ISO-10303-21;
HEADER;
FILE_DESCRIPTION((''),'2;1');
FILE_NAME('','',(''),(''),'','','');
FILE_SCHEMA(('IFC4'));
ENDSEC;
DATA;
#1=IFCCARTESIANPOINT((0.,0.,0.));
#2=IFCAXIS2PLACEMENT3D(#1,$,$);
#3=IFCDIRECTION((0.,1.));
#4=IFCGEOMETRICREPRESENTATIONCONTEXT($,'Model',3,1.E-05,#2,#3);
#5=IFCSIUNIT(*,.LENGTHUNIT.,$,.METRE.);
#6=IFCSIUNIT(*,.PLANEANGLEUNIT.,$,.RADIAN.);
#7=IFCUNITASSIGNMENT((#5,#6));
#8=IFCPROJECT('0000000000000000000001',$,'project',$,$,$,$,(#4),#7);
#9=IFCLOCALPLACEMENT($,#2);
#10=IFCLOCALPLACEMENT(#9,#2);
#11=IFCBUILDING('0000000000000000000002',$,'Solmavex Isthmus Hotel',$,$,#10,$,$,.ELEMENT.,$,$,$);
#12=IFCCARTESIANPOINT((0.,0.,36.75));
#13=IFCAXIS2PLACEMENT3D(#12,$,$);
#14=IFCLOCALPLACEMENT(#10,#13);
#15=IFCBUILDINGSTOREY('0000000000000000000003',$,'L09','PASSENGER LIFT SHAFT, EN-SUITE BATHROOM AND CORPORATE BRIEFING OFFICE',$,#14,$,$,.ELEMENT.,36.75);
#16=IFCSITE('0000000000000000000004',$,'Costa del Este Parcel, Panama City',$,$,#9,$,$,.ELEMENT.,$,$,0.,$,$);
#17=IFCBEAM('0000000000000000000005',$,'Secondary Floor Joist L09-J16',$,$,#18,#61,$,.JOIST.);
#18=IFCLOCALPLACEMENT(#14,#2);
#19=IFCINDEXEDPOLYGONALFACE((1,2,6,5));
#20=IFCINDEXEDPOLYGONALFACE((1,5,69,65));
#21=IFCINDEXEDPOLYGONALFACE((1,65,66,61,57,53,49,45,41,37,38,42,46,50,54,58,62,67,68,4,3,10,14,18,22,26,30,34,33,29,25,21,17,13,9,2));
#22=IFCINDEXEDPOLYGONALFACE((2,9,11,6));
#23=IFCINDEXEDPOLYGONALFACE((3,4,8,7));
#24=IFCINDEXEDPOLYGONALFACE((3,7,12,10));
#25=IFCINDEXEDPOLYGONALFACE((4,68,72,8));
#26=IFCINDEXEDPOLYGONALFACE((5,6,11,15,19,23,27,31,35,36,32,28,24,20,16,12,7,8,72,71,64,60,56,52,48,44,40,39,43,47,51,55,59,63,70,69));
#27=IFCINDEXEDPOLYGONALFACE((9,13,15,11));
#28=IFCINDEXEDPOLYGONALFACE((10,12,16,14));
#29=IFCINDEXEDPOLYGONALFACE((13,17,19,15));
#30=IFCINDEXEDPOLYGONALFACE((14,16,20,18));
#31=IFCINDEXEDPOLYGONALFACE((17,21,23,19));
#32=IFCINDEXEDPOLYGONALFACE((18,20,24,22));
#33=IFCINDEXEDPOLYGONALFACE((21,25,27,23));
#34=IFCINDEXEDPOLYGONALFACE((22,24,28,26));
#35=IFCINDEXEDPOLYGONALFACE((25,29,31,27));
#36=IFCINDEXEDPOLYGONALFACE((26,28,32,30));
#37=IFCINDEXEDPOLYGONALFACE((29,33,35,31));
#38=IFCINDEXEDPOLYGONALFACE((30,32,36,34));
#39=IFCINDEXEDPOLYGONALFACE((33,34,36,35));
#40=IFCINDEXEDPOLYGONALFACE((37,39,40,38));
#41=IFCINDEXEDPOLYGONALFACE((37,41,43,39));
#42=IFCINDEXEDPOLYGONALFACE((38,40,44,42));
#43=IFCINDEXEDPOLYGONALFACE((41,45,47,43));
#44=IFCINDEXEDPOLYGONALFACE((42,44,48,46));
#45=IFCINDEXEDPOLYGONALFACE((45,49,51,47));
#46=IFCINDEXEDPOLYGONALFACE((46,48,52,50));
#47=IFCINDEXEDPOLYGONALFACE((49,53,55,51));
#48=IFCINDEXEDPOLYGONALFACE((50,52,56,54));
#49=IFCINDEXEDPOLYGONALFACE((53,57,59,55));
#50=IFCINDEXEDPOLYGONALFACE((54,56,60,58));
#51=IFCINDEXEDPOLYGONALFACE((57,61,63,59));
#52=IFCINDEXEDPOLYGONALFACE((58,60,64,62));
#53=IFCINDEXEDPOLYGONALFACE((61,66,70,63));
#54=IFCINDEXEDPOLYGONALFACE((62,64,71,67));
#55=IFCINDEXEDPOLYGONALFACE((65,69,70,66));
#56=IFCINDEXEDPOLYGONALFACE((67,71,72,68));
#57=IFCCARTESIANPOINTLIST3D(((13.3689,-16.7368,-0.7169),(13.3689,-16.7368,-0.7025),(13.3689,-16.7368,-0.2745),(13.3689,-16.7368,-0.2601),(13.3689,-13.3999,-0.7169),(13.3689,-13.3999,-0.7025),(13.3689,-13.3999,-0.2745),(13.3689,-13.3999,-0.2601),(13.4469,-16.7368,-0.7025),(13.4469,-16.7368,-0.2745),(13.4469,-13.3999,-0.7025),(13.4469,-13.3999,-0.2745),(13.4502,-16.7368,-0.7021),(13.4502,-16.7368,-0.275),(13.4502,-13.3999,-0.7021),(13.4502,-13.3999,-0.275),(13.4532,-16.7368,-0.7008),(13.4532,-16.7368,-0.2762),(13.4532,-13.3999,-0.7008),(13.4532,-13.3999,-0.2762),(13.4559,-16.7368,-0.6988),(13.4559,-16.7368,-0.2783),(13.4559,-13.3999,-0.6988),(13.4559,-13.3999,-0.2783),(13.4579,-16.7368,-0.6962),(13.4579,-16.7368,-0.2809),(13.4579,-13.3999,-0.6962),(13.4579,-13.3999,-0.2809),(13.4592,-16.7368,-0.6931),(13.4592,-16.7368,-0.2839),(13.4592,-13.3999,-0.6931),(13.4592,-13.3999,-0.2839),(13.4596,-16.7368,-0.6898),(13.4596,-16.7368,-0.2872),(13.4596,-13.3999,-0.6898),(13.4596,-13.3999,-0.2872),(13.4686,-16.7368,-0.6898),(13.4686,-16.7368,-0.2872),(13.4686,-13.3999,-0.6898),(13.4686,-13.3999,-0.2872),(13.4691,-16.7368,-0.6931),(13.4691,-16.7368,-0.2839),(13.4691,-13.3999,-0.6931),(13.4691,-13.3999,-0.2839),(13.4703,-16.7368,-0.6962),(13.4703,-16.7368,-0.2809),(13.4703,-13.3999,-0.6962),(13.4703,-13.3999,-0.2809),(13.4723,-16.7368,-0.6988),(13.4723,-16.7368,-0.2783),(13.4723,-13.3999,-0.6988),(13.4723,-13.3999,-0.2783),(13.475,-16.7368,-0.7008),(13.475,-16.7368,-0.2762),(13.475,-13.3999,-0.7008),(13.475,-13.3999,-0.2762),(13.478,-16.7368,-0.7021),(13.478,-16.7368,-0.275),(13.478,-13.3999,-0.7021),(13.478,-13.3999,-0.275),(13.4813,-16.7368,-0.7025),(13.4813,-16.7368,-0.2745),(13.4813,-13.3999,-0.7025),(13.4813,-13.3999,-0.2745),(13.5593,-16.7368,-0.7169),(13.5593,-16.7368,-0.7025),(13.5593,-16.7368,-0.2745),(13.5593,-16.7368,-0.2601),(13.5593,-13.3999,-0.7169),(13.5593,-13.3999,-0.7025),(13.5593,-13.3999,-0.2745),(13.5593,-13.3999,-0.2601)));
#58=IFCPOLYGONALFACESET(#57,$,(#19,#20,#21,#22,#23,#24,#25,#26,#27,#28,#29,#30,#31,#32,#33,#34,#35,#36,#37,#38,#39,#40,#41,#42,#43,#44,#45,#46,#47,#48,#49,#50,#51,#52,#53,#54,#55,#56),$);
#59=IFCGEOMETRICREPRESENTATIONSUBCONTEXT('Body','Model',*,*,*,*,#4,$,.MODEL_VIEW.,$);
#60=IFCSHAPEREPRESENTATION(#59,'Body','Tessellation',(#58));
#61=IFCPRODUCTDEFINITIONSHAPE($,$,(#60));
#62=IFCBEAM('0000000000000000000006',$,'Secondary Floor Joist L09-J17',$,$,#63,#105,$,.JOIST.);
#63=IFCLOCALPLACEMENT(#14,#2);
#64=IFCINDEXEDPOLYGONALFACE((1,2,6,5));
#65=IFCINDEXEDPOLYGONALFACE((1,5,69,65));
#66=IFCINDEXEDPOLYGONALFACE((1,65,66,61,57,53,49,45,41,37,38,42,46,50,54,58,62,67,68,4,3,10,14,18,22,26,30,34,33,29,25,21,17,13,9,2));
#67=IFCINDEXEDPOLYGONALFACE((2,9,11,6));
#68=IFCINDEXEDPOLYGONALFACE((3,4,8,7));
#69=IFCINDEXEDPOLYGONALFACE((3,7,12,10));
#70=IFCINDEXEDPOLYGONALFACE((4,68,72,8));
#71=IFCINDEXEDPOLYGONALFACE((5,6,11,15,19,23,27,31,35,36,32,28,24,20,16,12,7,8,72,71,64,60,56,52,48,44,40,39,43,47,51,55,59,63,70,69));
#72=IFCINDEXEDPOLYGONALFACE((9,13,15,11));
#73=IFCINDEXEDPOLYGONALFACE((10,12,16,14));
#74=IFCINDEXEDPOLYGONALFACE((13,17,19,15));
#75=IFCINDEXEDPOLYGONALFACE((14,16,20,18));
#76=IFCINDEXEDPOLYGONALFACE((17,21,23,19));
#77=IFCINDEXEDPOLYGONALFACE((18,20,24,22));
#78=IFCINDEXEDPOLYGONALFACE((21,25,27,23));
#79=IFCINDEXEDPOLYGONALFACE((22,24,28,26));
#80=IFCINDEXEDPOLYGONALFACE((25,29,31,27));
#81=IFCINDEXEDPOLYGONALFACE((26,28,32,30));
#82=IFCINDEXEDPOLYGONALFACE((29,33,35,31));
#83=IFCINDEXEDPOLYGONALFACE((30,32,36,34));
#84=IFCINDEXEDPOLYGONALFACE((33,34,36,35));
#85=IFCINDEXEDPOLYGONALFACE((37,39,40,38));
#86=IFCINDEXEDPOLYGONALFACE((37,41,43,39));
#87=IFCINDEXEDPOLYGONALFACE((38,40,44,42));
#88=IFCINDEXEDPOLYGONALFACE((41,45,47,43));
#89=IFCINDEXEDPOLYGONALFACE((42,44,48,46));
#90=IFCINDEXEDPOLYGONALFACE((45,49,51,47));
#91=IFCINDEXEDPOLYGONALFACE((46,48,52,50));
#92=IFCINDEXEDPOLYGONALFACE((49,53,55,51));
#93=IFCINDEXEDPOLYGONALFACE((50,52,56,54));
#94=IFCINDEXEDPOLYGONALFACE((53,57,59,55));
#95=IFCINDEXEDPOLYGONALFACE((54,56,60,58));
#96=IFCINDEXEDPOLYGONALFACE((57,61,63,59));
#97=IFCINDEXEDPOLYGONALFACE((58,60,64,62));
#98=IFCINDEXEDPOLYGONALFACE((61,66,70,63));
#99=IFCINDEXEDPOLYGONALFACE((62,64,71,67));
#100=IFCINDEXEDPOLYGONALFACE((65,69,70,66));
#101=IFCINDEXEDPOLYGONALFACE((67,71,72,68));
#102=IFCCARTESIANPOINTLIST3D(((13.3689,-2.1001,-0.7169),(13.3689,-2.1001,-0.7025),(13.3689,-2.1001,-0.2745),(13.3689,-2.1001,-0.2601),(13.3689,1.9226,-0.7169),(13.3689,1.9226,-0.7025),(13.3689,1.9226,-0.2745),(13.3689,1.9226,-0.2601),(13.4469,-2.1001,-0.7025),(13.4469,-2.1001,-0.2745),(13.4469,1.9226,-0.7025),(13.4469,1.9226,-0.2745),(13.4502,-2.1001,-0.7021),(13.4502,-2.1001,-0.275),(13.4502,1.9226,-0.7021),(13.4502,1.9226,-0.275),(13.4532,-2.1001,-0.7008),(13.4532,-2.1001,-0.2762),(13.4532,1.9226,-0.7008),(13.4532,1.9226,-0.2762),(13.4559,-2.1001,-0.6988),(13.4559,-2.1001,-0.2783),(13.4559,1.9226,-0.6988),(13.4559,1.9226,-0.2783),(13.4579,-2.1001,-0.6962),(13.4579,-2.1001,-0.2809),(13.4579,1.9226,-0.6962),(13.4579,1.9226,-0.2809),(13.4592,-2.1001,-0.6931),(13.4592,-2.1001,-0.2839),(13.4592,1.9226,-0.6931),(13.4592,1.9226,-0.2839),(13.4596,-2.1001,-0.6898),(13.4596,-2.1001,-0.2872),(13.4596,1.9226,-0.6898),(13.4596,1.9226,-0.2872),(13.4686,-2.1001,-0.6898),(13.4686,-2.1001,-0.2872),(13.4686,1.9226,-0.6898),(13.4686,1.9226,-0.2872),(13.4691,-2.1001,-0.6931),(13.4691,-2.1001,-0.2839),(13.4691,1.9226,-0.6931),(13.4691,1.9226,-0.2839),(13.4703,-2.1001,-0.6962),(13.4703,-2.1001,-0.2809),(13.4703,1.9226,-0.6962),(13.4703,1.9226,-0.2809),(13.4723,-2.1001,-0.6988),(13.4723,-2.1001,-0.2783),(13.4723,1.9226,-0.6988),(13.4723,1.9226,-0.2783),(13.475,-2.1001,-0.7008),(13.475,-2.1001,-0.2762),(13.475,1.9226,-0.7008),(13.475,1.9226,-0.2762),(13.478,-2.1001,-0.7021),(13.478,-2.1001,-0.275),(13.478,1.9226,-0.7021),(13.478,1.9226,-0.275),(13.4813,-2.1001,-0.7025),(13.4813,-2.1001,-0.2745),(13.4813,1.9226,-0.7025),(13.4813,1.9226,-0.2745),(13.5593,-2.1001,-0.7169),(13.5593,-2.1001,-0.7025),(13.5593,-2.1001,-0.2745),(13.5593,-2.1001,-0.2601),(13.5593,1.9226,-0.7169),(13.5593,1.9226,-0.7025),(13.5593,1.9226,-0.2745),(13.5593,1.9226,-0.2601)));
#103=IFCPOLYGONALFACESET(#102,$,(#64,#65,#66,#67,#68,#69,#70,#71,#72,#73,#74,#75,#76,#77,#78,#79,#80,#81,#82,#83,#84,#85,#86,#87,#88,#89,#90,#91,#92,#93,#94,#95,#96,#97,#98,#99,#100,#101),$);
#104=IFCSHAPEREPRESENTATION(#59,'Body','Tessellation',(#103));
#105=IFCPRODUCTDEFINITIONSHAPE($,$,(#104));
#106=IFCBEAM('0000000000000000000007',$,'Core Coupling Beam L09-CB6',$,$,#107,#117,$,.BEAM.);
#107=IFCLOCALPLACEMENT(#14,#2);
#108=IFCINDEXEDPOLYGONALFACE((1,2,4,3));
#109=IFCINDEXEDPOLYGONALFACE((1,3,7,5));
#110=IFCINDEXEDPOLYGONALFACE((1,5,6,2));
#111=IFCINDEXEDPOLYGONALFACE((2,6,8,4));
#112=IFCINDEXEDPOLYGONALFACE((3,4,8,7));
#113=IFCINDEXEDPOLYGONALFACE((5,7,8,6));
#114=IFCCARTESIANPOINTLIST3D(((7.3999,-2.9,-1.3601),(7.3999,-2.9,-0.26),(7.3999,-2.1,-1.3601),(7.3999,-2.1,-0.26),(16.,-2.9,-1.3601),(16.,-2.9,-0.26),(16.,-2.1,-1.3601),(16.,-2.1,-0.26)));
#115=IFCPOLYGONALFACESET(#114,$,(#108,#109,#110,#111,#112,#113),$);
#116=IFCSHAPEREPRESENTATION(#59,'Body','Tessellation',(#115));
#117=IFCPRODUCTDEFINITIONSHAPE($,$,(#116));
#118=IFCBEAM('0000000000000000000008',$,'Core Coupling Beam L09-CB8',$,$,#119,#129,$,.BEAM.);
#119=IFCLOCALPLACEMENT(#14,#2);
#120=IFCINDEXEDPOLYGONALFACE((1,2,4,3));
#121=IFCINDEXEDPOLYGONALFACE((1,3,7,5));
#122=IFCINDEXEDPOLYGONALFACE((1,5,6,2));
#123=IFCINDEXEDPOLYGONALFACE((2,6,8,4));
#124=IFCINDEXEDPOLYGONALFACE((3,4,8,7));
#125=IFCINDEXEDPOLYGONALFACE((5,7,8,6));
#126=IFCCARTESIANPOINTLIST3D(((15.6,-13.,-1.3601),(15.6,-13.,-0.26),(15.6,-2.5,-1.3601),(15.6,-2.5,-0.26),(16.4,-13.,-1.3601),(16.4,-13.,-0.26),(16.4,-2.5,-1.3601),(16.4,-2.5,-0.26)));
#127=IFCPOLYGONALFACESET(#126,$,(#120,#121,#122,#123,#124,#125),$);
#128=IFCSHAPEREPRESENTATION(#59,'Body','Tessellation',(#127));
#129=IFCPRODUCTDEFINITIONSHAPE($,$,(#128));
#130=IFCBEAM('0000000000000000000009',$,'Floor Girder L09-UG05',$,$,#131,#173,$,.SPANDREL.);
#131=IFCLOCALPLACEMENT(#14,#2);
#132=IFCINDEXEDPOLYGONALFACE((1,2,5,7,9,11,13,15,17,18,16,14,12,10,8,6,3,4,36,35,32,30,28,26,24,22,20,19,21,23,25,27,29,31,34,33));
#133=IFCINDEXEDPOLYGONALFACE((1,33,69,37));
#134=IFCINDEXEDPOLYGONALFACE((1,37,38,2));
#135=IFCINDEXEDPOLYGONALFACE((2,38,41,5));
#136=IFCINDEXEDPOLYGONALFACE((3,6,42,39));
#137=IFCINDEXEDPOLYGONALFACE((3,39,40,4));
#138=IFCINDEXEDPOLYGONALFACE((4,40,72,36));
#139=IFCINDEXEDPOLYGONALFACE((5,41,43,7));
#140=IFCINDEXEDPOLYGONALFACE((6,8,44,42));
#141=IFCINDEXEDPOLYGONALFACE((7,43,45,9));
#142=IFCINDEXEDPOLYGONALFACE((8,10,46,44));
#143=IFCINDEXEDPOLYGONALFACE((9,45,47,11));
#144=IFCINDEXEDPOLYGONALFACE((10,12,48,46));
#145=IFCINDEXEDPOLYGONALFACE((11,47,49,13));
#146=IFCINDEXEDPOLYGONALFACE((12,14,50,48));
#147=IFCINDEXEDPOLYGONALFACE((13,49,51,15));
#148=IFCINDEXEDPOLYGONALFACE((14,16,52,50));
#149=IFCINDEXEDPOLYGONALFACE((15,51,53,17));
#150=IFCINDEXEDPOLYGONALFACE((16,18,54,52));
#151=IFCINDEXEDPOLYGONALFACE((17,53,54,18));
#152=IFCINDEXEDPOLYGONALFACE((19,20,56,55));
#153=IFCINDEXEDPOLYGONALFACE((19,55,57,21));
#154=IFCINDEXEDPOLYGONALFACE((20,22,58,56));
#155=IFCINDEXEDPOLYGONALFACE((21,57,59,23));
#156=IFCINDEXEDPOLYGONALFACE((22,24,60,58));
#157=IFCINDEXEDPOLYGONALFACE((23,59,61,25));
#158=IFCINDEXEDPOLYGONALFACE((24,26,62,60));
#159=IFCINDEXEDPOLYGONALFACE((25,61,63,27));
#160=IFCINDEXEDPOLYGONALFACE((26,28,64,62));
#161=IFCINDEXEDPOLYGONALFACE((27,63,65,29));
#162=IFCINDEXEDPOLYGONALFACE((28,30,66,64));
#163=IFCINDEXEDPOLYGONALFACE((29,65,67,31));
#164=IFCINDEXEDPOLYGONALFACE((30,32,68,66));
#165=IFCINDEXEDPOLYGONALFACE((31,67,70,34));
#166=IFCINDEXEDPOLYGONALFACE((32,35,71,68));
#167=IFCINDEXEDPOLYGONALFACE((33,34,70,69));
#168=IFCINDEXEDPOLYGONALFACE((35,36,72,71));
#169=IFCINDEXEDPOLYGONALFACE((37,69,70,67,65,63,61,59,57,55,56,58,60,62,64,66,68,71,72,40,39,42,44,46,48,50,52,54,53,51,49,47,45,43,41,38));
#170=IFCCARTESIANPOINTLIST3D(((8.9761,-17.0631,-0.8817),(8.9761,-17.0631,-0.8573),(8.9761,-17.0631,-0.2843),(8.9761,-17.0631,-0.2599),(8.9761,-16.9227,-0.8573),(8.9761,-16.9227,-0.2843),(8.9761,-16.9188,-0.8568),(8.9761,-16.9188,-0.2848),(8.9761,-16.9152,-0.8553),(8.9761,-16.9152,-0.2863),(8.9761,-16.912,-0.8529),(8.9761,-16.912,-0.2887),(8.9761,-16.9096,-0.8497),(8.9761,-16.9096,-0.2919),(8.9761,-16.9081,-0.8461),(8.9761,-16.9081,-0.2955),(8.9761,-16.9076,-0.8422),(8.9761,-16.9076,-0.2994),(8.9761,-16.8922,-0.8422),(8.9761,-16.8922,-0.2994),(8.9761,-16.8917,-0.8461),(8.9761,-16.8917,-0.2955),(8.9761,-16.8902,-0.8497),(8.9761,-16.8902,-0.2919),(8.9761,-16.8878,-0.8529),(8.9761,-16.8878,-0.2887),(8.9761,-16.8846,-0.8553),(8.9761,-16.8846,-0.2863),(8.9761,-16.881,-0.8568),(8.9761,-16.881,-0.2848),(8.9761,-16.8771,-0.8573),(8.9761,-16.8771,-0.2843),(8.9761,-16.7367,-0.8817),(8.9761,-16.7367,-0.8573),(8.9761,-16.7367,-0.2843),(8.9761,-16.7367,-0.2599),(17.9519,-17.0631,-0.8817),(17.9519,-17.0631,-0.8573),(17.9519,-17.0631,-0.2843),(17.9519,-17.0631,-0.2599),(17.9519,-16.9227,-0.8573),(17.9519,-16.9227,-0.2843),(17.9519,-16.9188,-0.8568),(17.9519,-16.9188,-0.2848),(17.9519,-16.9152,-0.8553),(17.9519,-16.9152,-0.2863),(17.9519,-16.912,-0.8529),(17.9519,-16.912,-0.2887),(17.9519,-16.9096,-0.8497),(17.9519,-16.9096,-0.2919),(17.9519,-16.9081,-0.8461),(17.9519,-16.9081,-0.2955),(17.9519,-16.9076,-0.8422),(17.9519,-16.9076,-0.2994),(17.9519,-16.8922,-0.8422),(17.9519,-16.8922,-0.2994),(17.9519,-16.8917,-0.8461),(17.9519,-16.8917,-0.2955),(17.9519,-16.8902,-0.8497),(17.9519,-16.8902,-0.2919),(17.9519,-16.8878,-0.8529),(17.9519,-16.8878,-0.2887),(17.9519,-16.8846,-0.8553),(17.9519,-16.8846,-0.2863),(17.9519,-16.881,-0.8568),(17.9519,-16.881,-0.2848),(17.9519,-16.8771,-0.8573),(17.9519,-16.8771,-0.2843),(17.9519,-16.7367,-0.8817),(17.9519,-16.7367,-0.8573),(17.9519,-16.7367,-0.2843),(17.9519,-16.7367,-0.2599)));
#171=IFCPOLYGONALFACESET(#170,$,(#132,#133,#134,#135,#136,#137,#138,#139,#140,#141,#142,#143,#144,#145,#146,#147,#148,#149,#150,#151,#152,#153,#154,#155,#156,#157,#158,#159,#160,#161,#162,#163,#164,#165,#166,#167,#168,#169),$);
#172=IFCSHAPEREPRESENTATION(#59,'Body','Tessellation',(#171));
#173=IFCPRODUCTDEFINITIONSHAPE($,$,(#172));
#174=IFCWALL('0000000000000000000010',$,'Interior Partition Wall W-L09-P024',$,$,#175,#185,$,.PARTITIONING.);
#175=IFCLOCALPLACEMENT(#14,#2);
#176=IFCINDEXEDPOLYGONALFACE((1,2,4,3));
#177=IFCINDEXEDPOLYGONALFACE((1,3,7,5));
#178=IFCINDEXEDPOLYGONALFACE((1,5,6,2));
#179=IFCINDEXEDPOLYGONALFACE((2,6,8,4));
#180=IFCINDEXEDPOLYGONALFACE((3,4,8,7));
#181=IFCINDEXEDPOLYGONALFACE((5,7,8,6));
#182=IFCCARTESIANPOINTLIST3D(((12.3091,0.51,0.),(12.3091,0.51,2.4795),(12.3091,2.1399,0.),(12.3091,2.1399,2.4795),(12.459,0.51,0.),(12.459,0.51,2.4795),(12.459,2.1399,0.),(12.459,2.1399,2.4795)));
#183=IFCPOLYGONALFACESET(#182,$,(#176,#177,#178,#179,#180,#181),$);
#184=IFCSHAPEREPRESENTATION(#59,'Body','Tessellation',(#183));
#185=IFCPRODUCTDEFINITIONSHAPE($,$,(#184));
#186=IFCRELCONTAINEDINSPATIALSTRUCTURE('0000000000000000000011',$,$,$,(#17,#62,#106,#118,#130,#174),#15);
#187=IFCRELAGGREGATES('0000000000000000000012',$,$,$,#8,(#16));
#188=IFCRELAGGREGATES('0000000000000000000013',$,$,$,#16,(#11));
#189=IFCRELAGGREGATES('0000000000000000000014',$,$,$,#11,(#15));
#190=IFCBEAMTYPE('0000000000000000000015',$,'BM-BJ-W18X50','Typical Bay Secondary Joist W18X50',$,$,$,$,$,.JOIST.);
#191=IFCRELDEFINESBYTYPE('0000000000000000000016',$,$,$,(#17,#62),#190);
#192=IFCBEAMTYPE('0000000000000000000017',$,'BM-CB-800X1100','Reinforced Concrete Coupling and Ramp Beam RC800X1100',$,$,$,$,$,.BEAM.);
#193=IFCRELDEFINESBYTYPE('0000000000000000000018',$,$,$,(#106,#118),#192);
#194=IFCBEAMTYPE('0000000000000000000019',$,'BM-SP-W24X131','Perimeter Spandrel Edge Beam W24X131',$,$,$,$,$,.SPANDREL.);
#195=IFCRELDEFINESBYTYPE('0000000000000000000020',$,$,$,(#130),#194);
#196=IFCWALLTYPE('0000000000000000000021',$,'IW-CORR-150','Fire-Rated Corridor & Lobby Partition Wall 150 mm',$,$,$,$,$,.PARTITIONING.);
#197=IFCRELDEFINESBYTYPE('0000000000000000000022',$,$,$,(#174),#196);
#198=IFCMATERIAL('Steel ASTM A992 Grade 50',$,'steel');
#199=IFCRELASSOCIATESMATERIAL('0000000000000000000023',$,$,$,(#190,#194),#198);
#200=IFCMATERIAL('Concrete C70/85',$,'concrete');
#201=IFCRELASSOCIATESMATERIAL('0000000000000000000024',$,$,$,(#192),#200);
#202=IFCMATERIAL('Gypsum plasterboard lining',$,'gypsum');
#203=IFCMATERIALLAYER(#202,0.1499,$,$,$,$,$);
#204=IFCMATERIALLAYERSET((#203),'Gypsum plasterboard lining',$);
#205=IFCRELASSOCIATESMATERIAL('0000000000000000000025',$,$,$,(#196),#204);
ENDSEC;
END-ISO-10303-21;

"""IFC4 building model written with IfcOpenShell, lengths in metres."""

from ifc_helpers import new_model, si_unit, direction, frame, frame_2d, origin, origin_2d, place, context, subcontext, project, spatial, rectangle, i_section, extrude, material, layer, layer_set, material_profile, profile_set, type_object, element, save


model = new_model("IFC4")

# Units and contexts
model_context = context("Model", 3, precision=1e-05, world=origin(), true_north=direction((0.0, 1.0)))
body_context = subcontext(model_context, "Body", "Model", "MODEL_VIEW")
ifc_project = project(units=[si_unit("LENGTHUNIT", "METRE"), si_unit("PLANEANGLEUNIT", "RADIAN")], contexts=[model_context])

# Site, building, storey
site_placement = place(None, origin())
site = spatial("IfcSite", under=ifc_project, at=site_placement, Name="Costa del Este Parcel, Panama City", CompositionType="ELEMENT", RefElevation=0.0)
building_placement = place(site_placement, origin())
building = spatial("IfcBuilding", under=site, at=building_placement, Name="Solmavex Isthmus Hotel", CompositionType="ELEMENT")
storey_placement = place(building_placement, frame((0.0, 0.0, 36.75)))
storey = spatial("IfcBuildingStorey", under=building, at=storey_placement, Name="L09", Description="PASSENGER LIFT SHAFT, EN-SUITE BATHROOM AND CORPORATE BRIEFING OFFICE", CompositionType="ELEMENT", Elevation=36.75)

# Shared definitions
ifc_material_1 = material(Name="Concrete C70/85", Category="concrete")

# Beams
ifc_material_2 = material(Name="Steel ASTM A992 Grade 50", Category="steel")
ifc_material_profile_1 = material_profile(ifc_material_2, i_section(OverallWidth=0.1904, OverallDepth=0.4568, WebThickness=0.009, FlangeThickness=0.0144, FilletRadius=0.0127, at=origin_2d()), Name="W18X50")
ifc_profile_set_1 = profile_set([ifc_material_profile_1], Name="Steel ASTM A992 Grade 50")
beam_type_1 = type_object("IfcBeamType", Name="BM-BJ-W18X50", Description="Typical Bay Secondary Joist W18X50", PredefinedType="JOIST", material=ifc_profile_set_1)
beam_1_placement = place(storey_placement, frame((13.4641, -16.7368, -0.4885), z_axis=(0.0, 1.0, 0.0), x_axis=(-1.0, 0.0, 0.0)))
element("IfcBeam", 1, at=beam_1_placement, inside=storey, type_object=beam_type_1, Name="Secondary Floor Joist L09-J16", PredefinedType="JOIST", context=body_context, shape_type="SweptSolid", body=[
    extrude(i_section(OverallWidth=0.1904, OverallDepth=0.4568, WebThickness=0.009, FlangeThickness=0.0144, FilletRadius=0.0127, at=origin_2d()), origin(), (0.0, 0.0, 1.0), 3.3369),
])
beam_2_placement = place(storey_placement, frame((13.4641, -2.1001, -0.4885), z_axis=(0.0, 1.0, 0.0), x_axis=(-1.0, 0.0, 0.0)))
element("IfcBeam", 2, at=beam_2_placement, inside=storey, type_object=beam_type_1, Name="Secondary Floor Joist L09-J17", PredefinedType="JOIST", context=body_context, shape_type="SweptSolid", body=[
    extrude(i_section(OverallWidth=0.1904, OverallDepth=0.4568, WebThickness=0.009, FlangeThickness=0.0144, FilletRadius=0.0127, at=origin_2d()), origin(), (0.0, 0.0, 1.0), 4.0227),
])
ifc_material_profile_2 = material_profile(ifc_material_1, rectangle(XDim=0.8, YDim=1.1001, at=origin_2d()), Name="RC800X1100")
ifc_profile_set_2 = profile_set([ifc_material_profile_2], Name="Concrete C70/85")
beam_type_2 = type_object("IfcBeamType", Name="BM-CB-800X1100", Description="Reinforced Concrete Coupling and Ramp Beam RC800X1100", PredefinedType="BEAM", material=ifc_profile_set_2)
beam_3_placement = place(storey_placement, frame((7.3999, -2.5, -0.8101), z_axis=(1.0, 0.0, 0.0), x_axis=(0.0, 1.0, 0.0)))
element("IfcBeam", 3, at=beam_3_placement, inside=storey, type_object=beam_type_2, Name="Core Coupling Beam L09-CB6", PredefinedType="BEAM", context=body_context, shape_type="SweptSolid", body=[
    extrude(rectangle(XDim=0.8, YDim=1.1001, at=origin_2d()), origin(), (0.0, 0.0, 1.0), 8.6001),
])
beam_4_placement = place(storey_placement, frame((16.0, -13.0, -0.8101), z_axis=(0.0, 1.0, 0.0), x_axis=(-1.0, 0.0, 0.0)))
element("IfcBeam", 4, at=beam_4_placement, inside=storey, type_object=beam_type_2, Name="Core Coupling Beam L09-CB8", PredefinedType="BEAM", context=body_context, shape_type="SweptSolid", body=[
    extrude(rectangle(XDim=0.8, YDim=1.1001, at=origin_2d()), origin(), (0.0, 0.0, 1.0), 10.5),
])
ifc_material_profile_3 = material_profile(ifc_material_2, i_section(OverallWidth=0.3264, OverallDepth=0.6218, WebThickness=0.0154, FlangeThickness=0.0244, FilletRadius=0.0151, at=origin_2d()), Name="W24X131")
ifc_profile_set_3 = profile_set([ifc_material_profile_3], Name="Steel ASTM A992 Grade 50")
beam_type_3 = type_object("IfcBeamType", Name="BM-SP-W24X131", Description="Perimeter Spandrel Edge Beam W24X131", PredefinedType="SPANDREL", material=ifc_profile_set_3)
beam_5_placement = place(storey_placement, frame((8.9761, -16.8999, -0.5708), z_axis=(1.0, 0.0, 0.0), x_axis=(0.0, 1.0, 0.0)))
element("IfcBeam", 5, at=beam_5_placement, inside=storey, type_object=beam_type_3, Name="Floor Girder L09-UG05", PredefinedType="SPANDREL", context=body_context, shape_type="SweptSolid", body=[
    extrude(i_section(OverallWidth=0.3264, OverallDepth=0.6218, WebThickness=0.0154, FlangeThickness=0.0244, FilletRadius=0.0151, at=origin_2d()), origin(), (0.0, 0.0, 1.0), 8.9758),
])

# Wall
ifc_material_3 = material(Name="Gypsum plasterboard lining", Category="gypsum")
ifc_layer_1 = layer(ifc_material_3, 0.1499)
ifc_layer_set_1 = layer_set([ifc_layer_1], Name="Gypsum plasterboard lining")
wall_type_1 = type_object("IfcWallType", Name="IW-CORR-150", Description="Fire-Rated Corridor & Lobby Partition Wall 150 mm", PredefinedType="PARTITIONING", material=ifc_layer_set_1)
wall_1_placement = place(storey_placement, frame((12.384, 0.51, 0.0), z_axis=(0.0, 0.0, 1.0), x_axis=(0.0, 1.0, 0.0)))
element("IfcWall", 6, at=wall_1_placement, inside=storey, type_object=wall_type_1, Name="Interior Partition Wall W-L09-P024", PredefinedType="PARTITIONING", context=body_context, shape_type="SweptSolid", body=[
    extrude(rectangle(XDim=1.6299, YDim=0.1499, at=frame_2d((0.8149, 0.0))), origin(), (0.0, 0.0, 1.0), 2.4795),
])

save(model, "model.ifc")
